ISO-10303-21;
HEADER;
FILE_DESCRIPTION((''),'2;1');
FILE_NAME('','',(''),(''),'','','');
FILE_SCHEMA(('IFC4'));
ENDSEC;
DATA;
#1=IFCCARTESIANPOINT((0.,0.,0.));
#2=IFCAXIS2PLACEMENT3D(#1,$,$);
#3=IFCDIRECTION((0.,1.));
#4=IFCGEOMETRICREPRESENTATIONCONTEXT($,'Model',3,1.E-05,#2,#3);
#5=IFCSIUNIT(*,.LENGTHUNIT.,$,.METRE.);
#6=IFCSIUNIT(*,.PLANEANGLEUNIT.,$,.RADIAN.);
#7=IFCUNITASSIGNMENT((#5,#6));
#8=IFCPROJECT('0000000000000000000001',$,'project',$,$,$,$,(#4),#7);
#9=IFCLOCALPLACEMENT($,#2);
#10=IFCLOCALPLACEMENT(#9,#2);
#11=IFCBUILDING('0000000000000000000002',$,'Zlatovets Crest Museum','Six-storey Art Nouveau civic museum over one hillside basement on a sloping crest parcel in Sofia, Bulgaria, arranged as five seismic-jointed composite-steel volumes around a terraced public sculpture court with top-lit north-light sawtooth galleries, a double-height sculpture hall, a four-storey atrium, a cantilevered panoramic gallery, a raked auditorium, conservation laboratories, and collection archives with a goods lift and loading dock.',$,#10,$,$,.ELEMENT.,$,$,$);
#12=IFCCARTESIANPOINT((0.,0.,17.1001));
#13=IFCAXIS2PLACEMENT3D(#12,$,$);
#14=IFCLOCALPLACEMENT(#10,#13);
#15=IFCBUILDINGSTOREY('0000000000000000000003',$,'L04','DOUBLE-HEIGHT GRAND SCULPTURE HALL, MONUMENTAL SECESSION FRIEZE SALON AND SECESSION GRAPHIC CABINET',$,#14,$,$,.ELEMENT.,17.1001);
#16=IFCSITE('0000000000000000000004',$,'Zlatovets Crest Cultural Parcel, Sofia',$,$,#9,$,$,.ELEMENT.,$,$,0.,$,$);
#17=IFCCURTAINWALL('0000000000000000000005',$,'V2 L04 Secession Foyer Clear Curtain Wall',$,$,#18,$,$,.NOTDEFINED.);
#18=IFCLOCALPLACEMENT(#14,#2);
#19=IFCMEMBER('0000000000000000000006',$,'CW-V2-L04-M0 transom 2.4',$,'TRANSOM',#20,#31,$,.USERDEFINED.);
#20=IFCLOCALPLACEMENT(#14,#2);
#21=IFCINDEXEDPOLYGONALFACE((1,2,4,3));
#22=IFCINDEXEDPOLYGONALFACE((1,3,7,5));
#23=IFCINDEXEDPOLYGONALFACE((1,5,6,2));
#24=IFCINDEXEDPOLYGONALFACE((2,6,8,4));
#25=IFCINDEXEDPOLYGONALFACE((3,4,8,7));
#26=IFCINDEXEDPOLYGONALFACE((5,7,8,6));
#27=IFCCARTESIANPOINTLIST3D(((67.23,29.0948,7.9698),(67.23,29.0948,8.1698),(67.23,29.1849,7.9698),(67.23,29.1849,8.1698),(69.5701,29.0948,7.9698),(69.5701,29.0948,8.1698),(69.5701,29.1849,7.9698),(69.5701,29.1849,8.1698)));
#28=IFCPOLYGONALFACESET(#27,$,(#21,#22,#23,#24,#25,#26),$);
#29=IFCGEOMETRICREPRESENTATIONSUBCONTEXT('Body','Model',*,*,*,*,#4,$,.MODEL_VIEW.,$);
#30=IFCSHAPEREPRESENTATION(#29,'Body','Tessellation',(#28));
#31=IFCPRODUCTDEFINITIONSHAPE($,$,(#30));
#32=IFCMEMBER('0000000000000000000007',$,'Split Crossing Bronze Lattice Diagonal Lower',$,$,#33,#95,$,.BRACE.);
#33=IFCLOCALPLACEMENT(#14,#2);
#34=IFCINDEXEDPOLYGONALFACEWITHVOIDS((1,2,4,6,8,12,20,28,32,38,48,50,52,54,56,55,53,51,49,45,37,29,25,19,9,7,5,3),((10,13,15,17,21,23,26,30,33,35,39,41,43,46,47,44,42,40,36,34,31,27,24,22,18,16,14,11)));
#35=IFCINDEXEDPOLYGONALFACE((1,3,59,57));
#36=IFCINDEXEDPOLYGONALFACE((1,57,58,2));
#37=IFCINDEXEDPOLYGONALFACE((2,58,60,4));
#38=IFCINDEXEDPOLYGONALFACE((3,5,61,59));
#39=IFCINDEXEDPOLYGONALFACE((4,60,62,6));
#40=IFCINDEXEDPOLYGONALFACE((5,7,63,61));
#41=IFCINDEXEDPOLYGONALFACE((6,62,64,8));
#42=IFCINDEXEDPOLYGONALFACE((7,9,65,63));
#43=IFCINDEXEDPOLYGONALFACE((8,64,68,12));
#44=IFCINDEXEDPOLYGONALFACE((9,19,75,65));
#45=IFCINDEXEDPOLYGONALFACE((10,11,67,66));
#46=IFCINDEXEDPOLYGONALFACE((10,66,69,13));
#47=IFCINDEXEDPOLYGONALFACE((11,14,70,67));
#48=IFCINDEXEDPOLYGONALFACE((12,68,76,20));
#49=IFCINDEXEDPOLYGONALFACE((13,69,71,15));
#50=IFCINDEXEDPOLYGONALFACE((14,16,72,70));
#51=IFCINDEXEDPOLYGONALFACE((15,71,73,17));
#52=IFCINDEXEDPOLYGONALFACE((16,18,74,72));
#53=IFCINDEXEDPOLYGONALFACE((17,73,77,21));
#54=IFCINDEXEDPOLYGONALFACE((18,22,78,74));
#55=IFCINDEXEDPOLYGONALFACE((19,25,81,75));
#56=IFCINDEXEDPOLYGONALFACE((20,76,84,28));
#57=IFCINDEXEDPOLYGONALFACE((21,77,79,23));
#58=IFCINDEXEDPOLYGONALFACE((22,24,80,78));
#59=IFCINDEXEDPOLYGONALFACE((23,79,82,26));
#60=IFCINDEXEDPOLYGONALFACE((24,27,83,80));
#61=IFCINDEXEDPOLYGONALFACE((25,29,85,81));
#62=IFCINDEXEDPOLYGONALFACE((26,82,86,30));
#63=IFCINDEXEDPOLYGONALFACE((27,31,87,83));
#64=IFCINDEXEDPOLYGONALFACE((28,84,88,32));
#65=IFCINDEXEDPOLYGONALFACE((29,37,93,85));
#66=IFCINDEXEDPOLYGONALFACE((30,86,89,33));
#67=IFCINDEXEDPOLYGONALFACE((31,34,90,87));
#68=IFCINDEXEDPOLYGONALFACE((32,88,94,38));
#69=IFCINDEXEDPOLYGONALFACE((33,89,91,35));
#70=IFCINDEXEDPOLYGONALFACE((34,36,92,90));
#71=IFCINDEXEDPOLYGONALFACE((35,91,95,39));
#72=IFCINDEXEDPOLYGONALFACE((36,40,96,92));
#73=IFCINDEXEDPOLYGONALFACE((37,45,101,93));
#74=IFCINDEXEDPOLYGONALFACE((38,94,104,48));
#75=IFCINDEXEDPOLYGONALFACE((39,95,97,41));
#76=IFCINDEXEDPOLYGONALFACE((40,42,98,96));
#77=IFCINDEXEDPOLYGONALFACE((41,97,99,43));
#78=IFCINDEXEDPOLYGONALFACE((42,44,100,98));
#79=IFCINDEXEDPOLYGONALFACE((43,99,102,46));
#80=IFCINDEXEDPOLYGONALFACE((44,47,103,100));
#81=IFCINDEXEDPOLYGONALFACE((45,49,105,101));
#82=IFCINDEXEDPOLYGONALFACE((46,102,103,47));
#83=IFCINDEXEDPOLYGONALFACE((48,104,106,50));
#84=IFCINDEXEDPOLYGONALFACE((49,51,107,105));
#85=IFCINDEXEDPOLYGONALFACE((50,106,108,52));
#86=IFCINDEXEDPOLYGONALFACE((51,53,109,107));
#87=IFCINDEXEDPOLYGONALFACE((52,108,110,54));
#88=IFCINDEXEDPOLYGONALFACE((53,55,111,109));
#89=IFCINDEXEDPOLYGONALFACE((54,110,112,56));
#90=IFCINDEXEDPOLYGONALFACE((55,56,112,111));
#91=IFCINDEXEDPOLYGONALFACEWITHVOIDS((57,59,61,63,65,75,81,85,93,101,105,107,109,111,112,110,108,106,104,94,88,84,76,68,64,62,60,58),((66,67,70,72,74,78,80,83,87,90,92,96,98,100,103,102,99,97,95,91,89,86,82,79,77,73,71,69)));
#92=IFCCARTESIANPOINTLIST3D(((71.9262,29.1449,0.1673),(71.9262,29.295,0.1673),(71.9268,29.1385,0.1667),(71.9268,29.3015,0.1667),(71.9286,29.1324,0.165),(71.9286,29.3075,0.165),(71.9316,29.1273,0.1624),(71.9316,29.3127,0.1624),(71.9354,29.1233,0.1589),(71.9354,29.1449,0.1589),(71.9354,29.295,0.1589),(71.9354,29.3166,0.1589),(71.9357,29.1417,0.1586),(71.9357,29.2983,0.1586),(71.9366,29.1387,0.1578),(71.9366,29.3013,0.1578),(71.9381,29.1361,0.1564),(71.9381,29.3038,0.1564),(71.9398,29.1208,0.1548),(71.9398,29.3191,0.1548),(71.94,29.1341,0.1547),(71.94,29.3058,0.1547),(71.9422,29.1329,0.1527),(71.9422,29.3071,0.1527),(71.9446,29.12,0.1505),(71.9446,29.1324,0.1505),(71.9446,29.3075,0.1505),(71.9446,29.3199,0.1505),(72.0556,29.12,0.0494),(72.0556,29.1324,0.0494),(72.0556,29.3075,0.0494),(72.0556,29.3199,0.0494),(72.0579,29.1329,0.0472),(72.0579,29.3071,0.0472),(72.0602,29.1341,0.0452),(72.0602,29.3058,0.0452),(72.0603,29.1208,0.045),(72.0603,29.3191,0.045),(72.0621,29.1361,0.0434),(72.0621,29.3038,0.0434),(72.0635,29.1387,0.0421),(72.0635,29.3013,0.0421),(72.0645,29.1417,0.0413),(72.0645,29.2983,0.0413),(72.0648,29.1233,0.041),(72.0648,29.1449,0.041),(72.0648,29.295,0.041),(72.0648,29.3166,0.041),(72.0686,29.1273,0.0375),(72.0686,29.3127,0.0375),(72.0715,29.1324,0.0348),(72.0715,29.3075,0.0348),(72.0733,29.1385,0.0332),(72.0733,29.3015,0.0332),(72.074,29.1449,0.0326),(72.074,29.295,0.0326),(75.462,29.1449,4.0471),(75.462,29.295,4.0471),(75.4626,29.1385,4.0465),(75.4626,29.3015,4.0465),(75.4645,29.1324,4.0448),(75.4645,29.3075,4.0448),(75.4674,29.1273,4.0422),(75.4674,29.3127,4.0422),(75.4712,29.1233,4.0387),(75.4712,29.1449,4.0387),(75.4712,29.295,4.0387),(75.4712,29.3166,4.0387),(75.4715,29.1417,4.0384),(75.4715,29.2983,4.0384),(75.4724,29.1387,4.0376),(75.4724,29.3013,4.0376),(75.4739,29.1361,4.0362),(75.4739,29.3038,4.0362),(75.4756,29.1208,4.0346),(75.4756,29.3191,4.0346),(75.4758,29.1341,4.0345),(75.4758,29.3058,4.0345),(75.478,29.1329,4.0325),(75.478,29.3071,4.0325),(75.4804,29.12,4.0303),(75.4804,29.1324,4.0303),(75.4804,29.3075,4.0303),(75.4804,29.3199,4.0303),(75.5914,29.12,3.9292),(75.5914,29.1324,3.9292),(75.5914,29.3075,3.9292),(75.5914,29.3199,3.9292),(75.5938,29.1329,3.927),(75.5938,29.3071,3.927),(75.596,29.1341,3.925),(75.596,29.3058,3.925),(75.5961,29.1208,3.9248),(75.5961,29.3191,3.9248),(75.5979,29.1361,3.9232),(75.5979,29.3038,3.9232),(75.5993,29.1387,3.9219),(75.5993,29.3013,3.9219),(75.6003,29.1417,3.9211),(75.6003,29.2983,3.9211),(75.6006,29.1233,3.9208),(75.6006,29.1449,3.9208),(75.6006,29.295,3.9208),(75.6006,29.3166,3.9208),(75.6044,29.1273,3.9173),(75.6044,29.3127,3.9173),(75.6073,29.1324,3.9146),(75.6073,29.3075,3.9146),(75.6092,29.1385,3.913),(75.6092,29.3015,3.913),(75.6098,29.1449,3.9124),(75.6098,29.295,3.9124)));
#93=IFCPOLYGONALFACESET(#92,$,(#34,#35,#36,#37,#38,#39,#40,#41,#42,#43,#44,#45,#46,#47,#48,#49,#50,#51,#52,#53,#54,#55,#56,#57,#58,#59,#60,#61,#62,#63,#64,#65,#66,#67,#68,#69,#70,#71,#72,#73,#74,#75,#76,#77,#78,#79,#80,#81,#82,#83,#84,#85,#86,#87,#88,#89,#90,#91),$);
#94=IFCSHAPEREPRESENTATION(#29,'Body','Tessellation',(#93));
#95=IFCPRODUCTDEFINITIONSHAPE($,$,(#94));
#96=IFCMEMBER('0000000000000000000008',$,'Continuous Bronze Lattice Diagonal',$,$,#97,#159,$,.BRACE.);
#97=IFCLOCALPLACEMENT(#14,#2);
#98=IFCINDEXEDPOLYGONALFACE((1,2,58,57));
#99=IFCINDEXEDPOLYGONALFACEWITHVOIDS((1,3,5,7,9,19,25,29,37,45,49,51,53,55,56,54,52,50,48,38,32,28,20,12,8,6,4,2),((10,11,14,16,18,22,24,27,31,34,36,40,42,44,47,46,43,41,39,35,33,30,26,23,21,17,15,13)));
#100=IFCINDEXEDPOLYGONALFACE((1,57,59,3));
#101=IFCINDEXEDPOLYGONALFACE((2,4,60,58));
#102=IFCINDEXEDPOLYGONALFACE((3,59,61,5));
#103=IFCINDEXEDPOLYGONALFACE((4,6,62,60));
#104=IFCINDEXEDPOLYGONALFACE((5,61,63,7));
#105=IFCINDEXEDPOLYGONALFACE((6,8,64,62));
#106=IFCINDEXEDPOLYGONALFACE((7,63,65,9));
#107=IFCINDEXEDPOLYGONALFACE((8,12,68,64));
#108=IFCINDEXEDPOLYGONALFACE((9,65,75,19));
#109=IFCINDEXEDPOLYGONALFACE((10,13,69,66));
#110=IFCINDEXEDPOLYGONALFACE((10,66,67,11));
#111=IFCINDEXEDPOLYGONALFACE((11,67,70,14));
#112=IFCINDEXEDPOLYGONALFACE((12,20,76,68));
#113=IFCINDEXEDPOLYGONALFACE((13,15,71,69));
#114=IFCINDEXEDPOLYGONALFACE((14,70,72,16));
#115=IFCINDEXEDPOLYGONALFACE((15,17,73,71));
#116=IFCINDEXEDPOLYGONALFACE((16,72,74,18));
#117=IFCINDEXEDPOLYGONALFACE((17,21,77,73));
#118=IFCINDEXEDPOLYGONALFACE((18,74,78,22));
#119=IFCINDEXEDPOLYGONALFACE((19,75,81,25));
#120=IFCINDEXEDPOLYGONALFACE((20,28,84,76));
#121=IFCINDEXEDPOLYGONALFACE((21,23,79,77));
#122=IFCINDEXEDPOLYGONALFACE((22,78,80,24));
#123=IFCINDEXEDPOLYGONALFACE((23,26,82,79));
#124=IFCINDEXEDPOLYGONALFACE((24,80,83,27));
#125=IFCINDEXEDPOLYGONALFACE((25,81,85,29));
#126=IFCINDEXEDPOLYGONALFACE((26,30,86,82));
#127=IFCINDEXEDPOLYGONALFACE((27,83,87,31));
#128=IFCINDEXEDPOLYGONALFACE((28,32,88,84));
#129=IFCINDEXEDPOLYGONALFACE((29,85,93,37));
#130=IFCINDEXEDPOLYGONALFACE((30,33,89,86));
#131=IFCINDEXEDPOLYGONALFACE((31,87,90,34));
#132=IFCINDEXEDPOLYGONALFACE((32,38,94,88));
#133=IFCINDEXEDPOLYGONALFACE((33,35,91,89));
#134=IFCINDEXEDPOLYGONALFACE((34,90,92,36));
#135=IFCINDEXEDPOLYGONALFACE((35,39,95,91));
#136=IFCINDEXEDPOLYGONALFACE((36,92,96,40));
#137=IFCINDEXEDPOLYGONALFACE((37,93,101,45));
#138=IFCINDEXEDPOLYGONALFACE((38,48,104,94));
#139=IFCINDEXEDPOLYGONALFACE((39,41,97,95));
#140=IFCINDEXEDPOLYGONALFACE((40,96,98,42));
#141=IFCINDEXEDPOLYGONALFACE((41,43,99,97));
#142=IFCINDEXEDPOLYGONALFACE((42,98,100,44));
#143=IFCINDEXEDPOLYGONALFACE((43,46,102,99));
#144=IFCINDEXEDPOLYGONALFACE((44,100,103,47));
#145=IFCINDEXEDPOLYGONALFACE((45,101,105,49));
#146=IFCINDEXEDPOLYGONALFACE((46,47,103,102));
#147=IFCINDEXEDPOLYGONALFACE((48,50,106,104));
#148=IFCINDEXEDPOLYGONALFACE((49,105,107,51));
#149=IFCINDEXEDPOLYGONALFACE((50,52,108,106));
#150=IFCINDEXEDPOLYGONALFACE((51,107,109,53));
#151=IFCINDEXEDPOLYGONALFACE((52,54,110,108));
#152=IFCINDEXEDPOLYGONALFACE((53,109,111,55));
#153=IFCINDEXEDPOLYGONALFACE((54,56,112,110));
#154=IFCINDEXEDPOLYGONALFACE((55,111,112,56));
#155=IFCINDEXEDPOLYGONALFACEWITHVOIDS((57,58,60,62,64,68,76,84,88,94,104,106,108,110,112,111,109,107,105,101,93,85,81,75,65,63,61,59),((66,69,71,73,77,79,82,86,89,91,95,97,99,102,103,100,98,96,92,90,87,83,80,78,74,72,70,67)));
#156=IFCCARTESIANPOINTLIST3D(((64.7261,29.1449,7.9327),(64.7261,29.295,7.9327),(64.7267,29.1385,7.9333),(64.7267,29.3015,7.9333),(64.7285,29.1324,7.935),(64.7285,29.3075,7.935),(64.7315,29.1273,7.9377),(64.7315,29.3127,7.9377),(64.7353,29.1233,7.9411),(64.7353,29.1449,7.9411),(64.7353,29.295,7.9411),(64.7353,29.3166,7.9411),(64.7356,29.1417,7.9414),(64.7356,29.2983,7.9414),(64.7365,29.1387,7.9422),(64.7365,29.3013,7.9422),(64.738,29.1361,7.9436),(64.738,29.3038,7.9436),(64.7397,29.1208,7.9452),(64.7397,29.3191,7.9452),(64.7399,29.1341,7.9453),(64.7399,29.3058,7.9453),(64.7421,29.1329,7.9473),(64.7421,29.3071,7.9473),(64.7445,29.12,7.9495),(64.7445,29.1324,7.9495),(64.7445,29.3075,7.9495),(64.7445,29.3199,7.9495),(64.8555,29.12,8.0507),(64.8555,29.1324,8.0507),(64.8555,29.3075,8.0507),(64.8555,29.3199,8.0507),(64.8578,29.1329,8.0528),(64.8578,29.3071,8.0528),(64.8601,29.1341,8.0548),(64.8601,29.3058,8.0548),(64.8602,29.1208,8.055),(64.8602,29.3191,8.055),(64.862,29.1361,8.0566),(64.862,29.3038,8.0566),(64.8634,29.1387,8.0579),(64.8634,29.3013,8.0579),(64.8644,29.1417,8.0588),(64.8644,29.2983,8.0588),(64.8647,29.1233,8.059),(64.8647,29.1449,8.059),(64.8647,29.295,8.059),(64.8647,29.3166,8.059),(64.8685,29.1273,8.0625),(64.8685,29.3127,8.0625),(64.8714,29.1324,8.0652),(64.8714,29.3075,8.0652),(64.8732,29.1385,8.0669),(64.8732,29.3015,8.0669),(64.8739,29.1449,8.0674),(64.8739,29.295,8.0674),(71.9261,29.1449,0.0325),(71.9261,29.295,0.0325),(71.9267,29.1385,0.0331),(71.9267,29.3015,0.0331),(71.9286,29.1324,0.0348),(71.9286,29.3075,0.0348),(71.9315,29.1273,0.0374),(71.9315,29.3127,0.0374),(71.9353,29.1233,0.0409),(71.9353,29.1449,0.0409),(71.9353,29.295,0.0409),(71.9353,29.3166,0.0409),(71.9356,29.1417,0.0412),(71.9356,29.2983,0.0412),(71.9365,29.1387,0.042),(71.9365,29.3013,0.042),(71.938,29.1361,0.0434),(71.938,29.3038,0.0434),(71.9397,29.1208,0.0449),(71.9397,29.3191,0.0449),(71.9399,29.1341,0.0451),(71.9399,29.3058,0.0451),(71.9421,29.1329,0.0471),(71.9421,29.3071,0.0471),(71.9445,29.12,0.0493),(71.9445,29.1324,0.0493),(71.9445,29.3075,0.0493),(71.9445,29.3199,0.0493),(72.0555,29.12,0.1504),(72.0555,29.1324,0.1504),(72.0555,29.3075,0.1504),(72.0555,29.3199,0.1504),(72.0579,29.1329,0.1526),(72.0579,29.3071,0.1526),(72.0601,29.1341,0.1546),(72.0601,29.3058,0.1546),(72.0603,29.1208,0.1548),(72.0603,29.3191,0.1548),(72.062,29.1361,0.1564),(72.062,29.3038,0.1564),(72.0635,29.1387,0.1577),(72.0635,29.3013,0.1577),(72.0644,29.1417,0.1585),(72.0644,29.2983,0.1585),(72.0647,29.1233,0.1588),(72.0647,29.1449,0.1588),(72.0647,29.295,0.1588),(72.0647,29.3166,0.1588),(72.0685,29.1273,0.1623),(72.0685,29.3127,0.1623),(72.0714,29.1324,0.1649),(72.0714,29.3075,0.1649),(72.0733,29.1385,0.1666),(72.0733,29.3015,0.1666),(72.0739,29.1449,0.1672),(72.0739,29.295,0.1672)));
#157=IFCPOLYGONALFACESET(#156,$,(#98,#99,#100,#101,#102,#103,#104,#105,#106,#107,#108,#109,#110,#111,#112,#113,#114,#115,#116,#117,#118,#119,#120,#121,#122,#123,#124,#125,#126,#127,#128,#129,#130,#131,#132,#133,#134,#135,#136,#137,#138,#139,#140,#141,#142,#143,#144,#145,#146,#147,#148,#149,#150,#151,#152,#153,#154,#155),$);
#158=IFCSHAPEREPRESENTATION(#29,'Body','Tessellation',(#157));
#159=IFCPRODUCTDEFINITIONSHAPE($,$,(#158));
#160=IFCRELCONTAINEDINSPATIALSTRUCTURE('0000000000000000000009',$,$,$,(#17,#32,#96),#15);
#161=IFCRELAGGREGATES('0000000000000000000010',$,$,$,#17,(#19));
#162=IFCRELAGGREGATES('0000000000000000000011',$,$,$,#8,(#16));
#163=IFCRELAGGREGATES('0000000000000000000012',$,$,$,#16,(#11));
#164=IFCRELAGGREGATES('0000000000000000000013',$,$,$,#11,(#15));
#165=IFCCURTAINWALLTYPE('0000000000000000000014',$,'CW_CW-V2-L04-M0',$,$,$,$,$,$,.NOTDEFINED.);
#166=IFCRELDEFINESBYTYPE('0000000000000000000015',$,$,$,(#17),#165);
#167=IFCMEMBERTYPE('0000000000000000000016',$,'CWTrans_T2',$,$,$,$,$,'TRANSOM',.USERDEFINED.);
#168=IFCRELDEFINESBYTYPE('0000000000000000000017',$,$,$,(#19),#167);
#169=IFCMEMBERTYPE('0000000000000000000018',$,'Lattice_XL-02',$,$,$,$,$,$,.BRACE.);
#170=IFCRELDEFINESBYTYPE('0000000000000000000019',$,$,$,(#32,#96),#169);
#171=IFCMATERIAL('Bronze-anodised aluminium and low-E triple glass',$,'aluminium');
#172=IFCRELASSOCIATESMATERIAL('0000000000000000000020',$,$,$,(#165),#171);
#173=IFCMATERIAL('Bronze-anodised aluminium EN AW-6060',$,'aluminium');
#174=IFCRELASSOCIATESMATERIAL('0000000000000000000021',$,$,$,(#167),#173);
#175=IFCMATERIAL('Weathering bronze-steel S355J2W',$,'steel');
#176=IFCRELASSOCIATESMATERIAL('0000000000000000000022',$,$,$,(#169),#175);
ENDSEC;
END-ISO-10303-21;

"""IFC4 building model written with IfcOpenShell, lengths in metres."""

from ifc_helpers import new_model, si_unit, direction, frame, origin, origin_2d, place, context, subcontext, project, spatial, rectangle, hollow_rectangle, extrude, material, material_profile, profile_set, type_object, element, aggregate, save


model = new_model("IFC4")

# Units and contexts
model_context = context("Model", 3, precision=1e-05, world=origin(), true_north=direction((0.0, 1.0)))
body_context = subcontext(model_context, "Body", "Model", "MODEL_VIEW")
ifc_project = project(units=[si_unit("LENGTHUNIT", "METRE"), si_unit("PLANEANGLEUNIT", "RADIAN")], contexts=[model_context])

# Site, building, storey
site_placement = place(None, origin())
site = spatial("IfcSite", under=ifc_project, at=site_placement, Name="Zlatovets Crest Cultural Parcel, Sofia", CompositionType="ELEMENT", RefElevation=0.0)
building_placement = place(site_placement, origin())
building = spatial("IfcBuilding", under=site, at=building_placement, Name="Zlatovets Crest Museum", Description="Six-storey Art Nouveau civic museum over one hillside basement on a sloping crest parcel in Sofia, Bulgaria, arranged as five seismic-jointed composite-steel volumes around a terraced public sculpture court with top-lit north-light sawtooth galleries, a double-height sculpture hall, a four-storey atrium, a cantilevered panoramic gallery, a raked auditorium, conservation laboratories, and collection archives with a goods lift and loading dock.", CompositionType="ELEMENT")
storey_placement = place(building_placement, frame((0.0, 0.0, 17.1001)))
storey = spatial("IfcBuildingStorey", under=building, at=storey_placement, Name="L04", Description="DOUBLE-HEIGHT GRAND SCULPTURE HALL, MONUMENTAL SECESSION FRIEZE SALON AND SECESSION GRAPHIC CABINET", CompositionType="ELEMENT", Elevation=17.1001)

# Curtain wall
ifc_material_1 = material(Name="Bronze-anodised aluminium and low-E triple glass", Category="aluminium")
ifc_material_2 = material(Name="Bronze-anodised aluminium EN AW-6060", Category="aluminium")
curtain_wall_type_1 = type_object("IfcCurtainWallType", Name="CW_CW-V2-L04-M0", PredefinedType="NOTDEFINED", material=ifc_material_1)
curtain_wall_1_placement = place(storey_placement, origin())
curtain_wall_1 = element("IfcCurtainWall", 1, at=curtain_wall_1_placement, inside=storey, type_object=curtain_wall_type_1, Name="V2 L04 Secession Foyer Clear Curtain Wall", PredefinedType="NOTDEFINED")

# Member
ifc_material_profile_1 = material_profile(ifc_material_2, rectangle(XDim=0.0901, YDim=0.2, at=origin_2d()), Name="ALU 90x200")
ifc_profile_set_1 = profile_set([ifc_material_profile_1], Name="Bronze-anodised aluminium EN AW-6060")
member_type_1 = type_object("IfcMemberType", Name="CWTrans_T2", ElementType="TRANSOM", PredefinedType="USERDEFINED", material=ifc_profile_set_1)
member_1_placement = place(storey_placement, frame((69.5701, 29.1399, 8.0698), z_axis=(-1.0, 0.0, 0.0), x_axis=(0.0, -1.0, 0.0)))
member_1 = element("IfcMember", 2, at=member_1_placement, type_object=member_type_1, Name="CW-V2-L04-M0 transom 2.4", ObjectType="TRANSOM", PredefinedType="USERDEFINED", context=body_context, shape_type="SweptSolid", body=[
    extrude(rectangle(XDim=0.0901, YDim=0.2, at=origin_2d()), origin(), (0.0, 0.0, 1.0), 2.3401),
])

# Members
ifc_material_3 = material(Name="Weathering bronze-steel S355J2W", Category="steel")
ifc_material_profile_2 = material_profile(ifc_material_3, hollow_rectangle(XDim=0.2, YDim=0.2, WallThickness=0.0125, InnerFilletRadius=0.0125, OuterFilletRadius=0.0249, at=origin_2d()), Name="SHS 200x200x12.5")
ifc_profile_set_2 = profile_set([ifc_material_profile_2], Name="Weathering bronze-steel S355J2W")
member_type_2 = type_object("IfcMemberType", Name="Lattice_XL-02", PredefinedType="BRACE", material=ifc_profile_set_2)
member_2_placement = place(storey_placement, frame((75.5359, 29.22, 3.9797), z_axis=(-0.673582, 0.0, -0.739112), x_axis=(0.0, -1.0, 0.0)))
element("IfcMember", 3, at=member_2_placement, inside=storey, type_object=member_type_2, Name="Split Crossing Bronze Lattice Diagonal Lower", PredefinedType="BRACE", context=body_context, shape_type="SweptSolid", body=[
    extrude(hollow_rectangle(XDim=0.2, YDim=0.2, WallThickness=0.0125, InnerFilletRadius=0.0125, OuterFilletRadius=0.0249, at=origin_2d()), origin(), (0.0, 0.0, 1.0), 5.2493),
])
member_3_placement = place(storey_placement, frame((72.0, 29.22, 0.0999), z_axis=(-0.673594, 0.0, 0.739101), x_axis=(0.0, -1.0, 0.0)))
element("IfcMember", 4, at=member_3_placement, inside=storey, type_object=member_type_2, Name="Continuous Bronze Lattice Diagonal", PredefinedType="BRACE", context=body_context, shape_type="SweptSolid", body=[
    extrude(hollow_rectangle(XDim=0.2, YDim=0.2, WallThickness=0.0125, InnerFilletRadius=0.0125, OuterFilletRadius=0.0249, at=origin_2d()), origin(), (0.0, 0.0, 1.0), 10.689),
])

aggregate(curtain_wall_1, [member_1])

save(model, "model.ifc")
